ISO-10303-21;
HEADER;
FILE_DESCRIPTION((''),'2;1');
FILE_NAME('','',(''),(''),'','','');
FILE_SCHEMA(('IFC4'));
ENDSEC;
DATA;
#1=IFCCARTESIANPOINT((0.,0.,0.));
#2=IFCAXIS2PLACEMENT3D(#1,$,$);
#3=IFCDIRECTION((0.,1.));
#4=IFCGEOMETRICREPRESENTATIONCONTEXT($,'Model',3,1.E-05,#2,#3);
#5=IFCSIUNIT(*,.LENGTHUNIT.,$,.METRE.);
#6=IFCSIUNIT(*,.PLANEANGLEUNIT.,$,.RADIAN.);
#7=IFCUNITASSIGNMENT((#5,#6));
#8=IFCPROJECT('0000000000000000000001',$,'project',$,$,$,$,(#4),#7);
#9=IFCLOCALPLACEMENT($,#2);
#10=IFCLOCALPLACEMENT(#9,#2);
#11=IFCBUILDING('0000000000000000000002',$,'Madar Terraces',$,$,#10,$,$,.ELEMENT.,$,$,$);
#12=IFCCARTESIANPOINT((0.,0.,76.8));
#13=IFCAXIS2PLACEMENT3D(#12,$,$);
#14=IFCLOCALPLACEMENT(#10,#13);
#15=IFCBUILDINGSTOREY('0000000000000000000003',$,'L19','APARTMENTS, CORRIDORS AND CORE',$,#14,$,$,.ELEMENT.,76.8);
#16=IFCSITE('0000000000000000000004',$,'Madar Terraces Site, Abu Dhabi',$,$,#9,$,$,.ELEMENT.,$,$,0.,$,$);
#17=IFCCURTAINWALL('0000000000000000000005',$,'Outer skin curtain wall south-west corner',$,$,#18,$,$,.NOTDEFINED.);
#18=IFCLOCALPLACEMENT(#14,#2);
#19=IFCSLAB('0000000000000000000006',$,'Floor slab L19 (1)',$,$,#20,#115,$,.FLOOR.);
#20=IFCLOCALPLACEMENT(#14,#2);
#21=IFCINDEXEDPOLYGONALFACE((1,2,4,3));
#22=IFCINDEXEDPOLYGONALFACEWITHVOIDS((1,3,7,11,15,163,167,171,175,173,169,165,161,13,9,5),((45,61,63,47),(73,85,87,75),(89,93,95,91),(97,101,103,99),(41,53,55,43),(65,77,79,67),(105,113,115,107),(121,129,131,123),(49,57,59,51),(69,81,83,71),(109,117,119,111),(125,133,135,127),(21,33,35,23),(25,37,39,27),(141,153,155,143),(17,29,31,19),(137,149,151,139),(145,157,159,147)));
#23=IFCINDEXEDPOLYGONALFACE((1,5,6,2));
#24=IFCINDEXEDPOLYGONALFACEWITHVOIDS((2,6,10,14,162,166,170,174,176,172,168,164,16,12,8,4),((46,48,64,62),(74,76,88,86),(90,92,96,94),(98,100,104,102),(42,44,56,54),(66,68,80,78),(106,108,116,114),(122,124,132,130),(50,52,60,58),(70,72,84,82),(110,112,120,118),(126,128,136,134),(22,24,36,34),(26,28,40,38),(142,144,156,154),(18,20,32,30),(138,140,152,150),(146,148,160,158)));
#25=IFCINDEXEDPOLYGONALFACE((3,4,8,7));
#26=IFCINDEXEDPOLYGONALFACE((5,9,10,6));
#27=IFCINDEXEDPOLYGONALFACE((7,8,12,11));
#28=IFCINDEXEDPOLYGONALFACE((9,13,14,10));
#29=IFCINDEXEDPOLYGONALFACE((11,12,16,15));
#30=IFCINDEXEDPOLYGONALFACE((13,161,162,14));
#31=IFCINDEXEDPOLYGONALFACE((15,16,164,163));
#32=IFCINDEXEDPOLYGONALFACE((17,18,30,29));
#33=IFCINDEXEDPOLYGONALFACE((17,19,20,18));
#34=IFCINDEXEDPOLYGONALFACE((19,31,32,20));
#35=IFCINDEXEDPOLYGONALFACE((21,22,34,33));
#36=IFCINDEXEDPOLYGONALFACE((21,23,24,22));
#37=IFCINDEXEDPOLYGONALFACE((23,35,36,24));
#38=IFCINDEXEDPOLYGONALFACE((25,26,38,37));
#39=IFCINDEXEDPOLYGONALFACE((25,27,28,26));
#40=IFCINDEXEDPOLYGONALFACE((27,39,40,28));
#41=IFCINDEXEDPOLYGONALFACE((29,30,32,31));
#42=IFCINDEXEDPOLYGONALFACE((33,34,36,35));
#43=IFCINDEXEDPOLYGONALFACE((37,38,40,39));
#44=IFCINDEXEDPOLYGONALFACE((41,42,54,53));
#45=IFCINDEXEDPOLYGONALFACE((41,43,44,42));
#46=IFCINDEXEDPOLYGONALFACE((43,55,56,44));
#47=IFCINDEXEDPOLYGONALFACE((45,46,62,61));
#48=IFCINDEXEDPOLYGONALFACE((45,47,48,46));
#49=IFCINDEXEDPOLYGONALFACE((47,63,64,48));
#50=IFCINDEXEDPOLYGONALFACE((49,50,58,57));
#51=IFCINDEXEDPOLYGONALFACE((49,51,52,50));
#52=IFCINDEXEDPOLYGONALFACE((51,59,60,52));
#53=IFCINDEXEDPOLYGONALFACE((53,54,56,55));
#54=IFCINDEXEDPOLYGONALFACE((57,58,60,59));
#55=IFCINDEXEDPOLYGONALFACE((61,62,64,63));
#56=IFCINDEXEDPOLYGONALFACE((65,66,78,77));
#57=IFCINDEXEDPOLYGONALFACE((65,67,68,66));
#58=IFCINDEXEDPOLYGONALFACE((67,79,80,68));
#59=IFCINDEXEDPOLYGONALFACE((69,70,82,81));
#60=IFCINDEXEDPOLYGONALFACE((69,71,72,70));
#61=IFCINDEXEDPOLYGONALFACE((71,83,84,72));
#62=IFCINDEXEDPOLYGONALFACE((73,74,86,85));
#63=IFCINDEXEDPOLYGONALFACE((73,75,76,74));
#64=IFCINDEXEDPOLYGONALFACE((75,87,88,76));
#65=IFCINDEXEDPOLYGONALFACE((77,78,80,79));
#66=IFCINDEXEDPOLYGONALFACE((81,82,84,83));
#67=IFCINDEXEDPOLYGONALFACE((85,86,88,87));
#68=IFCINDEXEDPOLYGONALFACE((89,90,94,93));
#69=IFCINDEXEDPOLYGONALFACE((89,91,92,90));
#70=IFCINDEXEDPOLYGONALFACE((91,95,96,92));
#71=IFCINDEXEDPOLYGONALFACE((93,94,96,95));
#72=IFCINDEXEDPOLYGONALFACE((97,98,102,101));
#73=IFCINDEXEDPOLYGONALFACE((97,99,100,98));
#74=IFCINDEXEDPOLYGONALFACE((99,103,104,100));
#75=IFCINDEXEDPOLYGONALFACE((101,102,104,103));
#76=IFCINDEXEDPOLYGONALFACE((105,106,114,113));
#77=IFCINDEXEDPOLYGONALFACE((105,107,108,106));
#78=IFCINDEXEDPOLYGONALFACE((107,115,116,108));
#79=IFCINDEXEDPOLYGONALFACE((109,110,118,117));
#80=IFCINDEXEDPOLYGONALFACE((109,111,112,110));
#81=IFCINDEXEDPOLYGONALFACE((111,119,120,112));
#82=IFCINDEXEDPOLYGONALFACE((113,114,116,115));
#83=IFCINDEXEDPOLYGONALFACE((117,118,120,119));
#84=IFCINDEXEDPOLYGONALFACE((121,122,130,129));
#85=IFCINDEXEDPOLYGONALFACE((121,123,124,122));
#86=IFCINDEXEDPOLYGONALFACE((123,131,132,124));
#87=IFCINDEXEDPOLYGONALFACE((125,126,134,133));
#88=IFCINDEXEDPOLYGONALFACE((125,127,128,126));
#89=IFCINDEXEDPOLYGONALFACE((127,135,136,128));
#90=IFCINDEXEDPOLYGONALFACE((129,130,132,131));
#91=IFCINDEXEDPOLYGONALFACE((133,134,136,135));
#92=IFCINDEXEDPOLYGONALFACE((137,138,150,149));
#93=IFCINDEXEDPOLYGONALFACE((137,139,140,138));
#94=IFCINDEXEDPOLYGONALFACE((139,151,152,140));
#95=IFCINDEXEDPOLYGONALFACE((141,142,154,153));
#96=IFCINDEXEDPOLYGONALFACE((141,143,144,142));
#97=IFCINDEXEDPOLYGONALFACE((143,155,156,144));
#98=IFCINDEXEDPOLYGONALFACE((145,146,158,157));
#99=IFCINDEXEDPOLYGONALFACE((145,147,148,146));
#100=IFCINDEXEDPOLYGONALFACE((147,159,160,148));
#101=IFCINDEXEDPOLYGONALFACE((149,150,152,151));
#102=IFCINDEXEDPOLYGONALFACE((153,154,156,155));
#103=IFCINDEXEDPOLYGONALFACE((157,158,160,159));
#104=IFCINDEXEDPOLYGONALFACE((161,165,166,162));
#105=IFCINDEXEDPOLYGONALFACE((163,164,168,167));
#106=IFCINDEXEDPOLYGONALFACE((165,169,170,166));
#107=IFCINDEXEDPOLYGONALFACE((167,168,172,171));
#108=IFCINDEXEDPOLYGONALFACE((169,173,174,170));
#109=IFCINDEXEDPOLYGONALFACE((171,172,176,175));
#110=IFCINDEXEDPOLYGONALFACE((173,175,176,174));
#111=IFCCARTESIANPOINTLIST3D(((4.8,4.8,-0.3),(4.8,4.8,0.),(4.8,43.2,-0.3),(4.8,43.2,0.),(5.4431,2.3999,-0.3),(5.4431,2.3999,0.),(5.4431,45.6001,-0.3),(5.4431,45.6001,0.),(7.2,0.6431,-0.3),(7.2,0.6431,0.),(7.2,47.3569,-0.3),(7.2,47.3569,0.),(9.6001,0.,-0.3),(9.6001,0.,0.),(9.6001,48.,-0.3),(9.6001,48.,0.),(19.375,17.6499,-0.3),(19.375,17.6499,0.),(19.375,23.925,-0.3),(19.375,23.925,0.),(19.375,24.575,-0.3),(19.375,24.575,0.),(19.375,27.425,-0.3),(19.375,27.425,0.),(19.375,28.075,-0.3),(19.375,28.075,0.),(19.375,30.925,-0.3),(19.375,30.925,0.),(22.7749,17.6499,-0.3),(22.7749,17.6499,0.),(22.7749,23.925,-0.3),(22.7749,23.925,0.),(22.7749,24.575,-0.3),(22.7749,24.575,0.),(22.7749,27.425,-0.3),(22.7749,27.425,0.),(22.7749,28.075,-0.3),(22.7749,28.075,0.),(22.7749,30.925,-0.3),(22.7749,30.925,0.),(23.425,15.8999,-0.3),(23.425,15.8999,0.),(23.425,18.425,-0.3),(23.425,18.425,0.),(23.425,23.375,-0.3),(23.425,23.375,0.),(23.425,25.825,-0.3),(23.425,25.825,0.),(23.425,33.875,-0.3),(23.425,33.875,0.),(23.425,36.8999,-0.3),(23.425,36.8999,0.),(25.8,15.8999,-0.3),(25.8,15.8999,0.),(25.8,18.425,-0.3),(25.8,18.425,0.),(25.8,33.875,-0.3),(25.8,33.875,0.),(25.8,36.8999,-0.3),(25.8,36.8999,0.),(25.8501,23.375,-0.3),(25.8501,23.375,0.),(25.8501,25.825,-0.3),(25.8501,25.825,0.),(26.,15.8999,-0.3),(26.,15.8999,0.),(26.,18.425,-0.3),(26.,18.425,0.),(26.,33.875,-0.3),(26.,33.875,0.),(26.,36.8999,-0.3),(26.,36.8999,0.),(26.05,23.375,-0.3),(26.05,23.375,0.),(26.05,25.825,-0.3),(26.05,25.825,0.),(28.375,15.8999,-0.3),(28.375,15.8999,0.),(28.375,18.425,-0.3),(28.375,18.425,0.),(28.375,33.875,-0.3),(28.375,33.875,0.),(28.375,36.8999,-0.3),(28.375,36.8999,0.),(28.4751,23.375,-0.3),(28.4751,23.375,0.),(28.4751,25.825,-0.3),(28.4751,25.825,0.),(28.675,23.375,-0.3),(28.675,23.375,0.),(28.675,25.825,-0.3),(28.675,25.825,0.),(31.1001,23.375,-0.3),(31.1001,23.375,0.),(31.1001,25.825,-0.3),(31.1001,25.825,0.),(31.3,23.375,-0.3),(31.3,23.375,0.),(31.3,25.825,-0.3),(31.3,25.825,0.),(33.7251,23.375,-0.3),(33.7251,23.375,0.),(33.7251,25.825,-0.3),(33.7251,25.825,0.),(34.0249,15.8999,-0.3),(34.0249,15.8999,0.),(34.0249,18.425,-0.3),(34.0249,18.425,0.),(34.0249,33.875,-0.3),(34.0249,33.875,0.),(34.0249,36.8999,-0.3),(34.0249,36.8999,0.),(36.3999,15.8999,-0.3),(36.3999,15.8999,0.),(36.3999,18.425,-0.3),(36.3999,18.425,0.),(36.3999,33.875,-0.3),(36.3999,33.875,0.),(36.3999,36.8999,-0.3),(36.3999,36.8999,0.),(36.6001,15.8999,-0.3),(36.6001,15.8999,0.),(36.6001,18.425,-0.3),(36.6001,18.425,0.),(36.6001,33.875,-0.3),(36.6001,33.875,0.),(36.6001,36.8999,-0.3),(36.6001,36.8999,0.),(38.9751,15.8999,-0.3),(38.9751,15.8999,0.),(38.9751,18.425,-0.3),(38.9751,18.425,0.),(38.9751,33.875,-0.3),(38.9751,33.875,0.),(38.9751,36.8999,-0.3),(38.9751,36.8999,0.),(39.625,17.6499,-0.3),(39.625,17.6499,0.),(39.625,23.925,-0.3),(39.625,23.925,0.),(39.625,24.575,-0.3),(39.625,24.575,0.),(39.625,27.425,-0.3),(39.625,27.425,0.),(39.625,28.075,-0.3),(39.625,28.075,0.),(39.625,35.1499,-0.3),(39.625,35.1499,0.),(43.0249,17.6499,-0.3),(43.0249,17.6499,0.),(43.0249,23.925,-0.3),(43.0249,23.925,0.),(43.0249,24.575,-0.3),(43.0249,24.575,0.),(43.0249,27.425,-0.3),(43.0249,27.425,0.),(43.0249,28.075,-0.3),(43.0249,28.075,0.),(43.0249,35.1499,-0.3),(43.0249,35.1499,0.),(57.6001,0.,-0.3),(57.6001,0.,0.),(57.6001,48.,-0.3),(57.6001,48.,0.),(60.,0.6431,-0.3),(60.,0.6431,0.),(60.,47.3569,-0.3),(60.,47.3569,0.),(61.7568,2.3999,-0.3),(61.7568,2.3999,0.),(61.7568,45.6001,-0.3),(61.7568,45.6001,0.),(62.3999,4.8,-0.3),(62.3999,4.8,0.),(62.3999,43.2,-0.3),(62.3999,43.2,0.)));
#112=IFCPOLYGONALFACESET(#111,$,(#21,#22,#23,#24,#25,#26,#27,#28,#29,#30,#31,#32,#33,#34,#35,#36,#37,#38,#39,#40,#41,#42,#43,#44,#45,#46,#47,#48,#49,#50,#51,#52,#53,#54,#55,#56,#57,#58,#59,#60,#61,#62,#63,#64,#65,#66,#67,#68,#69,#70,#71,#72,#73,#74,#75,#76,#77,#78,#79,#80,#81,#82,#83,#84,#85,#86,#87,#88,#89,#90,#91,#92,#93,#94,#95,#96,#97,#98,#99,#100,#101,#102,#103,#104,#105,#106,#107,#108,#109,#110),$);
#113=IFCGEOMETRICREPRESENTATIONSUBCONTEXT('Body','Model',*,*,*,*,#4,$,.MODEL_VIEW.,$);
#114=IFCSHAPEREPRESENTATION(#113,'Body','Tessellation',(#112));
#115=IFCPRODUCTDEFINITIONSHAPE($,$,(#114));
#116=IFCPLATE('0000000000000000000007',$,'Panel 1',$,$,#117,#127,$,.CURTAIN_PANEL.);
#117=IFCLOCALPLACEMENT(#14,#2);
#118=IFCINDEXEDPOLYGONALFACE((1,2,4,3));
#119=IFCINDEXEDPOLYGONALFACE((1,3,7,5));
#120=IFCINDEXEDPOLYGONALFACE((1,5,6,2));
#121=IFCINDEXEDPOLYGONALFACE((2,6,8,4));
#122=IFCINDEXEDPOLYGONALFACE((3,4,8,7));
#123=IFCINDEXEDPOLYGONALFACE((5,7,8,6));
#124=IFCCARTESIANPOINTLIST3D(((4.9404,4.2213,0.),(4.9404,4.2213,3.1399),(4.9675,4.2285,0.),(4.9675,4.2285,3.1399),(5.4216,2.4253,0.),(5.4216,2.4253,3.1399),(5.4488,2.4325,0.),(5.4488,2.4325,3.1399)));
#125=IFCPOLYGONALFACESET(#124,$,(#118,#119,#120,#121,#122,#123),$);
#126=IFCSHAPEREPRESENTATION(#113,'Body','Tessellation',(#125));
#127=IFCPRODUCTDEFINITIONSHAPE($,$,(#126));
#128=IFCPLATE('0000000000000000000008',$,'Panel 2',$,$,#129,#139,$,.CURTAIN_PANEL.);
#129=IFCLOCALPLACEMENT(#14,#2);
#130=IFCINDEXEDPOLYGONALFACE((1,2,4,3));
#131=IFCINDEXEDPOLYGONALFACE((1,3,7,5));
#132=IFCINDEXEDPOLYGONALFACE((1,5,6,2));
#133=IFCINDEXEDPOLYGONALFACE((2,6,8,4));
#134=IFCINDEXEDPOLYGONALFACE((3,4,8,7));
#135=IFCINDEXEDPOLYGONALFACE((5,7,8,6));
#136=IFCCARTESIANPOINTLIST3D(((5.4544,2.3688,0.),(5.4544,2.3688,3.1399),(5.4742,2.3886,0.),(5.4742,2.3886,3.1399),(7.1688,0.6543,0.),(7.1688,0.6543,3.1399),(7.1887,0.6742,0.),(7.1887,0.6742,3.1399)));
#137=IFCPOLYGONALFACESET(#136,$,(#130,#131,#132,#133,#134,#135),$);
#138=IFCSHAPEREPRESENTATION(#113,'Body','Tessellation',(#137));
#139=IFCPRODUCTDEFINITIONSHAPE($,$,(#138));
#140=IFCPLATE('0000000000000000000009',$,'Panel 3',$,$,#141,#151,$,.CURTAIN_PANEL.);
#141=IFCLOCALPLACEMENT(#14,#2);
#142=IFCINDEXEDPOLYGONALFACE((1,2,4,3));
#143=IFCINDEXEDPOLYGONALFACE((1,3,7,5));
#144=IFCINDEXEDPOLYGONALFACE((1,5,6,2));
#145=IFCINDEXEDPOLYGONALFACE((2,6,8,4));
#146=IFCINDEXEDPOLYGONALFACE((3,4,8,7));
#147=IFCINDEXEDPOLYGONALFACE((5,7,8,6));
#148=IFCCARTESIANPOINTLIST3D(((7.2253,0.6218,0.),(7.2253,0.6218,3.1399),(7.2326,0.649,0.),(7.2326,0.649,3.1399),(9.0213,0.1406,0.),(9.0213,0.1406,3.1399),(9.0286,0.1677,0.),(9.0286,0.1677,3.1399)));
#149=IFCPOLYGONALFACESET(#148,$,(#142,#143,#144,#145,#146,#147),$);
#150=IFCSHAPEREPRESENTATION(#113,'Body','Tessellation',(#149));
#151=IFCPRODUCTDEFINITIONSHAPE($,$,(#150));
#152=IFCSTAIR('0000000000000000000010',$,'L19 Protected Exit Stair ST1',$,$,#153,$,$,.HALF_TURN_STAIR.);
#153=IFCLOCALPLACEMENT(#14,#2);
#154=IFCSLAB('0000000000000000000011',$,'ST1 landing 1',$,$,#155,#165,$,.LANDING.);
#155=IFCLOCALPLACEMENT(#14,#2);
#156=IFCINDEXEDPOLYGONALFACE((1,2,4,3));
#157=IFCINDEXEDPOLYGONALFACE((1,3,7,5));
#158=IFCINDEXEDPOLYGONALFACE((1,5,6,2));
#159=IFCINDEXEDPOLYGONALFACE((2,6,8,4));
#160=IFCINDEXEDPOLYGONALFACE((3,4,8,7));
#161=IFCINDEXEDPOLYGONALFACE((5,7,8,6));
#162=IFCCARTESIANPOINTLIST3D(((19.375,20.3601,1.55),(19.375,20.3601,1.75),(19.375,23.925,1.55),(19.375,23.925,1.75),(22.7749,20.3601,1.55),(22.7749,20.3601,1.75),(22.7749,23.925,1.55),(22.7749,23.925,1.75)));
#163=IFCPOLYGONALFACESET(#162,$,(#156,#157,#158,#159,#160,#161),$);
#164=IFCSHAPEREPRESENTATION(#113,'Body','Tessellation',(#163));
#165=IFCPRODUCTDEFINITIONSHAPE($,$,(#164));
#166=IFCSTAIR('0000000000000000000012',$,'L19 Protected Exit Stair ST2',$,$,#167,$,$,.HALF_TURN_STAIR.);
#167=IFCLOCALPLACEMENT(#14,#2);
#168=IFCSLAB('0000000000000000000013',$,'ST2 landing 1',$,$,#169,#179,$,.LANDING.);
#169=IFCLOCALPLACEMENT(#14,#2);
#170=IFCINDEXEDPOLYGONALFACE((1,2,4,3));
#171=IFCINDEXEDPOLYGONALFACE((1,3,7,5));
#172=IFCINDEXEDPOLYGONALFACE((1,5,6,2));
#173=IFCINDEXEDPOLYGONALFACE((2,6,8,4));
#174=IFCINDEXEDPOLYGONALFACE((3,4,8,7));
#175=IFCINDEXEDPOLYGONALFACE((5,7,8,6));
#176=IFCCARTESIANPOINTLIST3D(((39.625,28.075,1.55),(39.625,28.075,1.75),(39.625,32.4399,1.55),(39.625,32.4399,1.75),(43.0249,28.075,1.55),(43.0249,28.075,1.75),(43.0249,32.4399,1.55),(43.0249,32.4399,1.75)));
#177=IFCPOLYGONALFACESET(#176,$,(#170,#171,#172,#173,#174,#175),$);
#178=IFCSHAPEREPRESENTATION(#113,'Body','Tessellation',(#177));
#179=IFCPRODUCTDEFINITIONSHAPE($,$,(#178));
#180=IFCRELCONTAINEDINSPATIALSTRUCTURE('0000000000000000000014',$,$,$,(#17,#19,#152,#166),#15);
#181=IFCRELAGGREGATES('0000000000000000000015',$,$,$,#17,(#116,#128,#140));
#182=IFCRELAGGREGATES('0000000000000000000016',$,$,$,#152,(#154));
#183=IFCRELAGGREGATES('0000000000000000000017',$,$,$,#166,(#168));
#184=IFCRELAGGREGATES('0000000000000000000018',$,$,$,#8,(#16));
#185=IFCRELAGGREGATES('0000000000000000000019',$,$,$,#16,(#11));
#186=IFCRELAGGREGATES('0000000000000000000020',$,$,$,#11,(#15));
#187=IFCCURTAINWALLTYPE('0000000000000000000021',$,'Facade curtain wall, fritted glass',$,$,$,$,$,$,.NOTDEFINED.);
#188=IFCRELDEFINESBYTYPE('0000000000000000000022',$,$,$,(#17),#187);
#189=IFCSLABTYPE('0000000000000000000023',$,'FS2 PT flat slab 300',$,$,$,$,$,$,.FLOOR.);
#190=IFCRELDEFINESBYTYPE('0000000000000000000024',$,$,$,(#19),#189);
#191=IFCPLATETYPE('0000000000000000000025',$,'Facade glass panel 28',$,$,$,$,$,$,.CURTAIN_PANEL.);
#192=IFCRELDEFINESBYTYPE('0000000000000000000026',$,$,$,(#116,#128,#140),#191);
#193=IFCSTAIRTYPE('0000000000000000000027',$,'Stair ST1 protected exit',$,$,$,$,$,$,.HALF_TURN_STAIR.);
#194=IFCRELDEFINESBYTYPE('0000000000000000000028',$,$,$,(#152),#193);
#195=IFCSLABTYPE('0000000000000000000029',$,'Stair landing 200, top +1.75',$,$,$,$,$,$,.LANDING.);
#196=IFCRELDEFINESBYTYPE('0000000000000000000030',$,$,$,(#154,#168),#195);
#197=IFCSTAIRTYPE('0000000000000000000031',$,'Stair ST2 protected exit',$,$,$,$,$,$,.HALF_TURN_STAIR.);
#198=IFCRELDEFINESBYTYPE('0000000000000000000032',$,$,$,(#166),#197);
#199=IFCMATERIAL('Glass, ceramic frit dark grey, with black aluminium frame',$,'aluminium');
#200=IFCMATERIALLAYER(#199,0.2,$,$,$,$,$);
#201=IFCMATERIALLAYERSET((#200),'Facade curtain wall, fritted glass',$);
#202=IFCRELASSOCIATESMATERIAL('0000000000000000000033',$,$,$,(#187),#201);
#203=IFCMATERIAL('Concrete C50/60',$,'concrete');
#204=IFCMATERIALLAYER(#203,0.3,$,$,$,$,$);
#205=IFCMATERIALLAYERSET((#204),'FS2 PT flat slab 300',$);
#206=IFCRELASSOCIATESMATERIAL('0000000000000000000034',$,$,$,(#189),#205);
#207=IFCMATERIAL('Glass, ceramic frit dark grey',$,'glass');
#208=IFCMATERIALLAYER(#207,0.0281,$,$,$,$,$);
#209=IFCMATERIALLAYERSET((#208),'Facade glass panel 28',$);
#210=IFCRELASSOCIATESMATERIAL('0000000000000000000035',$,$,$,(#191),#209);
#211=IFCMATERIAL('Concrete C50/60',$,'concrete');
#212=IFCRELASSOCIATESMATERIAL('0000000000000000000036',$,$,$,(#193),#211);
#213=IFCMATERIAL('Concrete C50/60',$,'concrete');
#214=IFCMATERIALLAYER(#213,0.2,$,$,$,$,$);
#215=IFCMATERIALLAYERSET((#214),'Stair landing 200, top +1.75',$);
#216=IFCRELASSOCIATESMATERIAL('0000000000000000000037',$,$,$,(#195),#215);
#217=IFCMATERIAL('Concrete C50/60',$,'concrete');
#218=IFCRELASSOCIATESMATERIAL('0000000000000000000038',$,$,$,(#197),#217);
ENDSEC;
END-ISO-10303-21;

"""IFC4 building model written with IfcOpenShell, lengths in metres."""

from ifc_helpers import new_model, si_unit, direction, frame, origin, origin_2d, place, context, subcontext, project, spatial, polyline, rectangle, outline, extrude, material, layer, layer_set, type_object, element, aggregate, save


model = new_model("IFC4")

# Units and contexts
model_context = context("Model", 3, precision=1e-05, world=origin(), true_north=direction((0.0, 1.0)))
body_context = subcontext(model_context, "Body", "Model", "MODEL_VIEW")
ifc_project = project(units=[si_unit("LENGTHUNIT", "METRE"), si_unit("PLANEANGLEUNIT", "RADIAN")], contexts=[model_context])

# Site, building, storey
site_placement = place(None, origin())
site = spatial("IfcSite", under=ifc_project, at=site_placement, Name="Madar Terraces Site, Abu Dhabi", CompositionType="ELEMENT", RefElevation=0.0)
building_placement = place(site_placement, origin())
building = spatial("IfcBuilding", under=site, at=building_placement, Name="Madar Terraces", CompositionType="ELEMENT")
storey_placement = place(building_placement, frame((0.0, 0.0, 76.8)))
storey = spatial("IfcBuildingStorey", under=building, at=storey_placement, Name="L19", Description="APARTMENTS, CORRIDORS AND CORE", CompositionType="ELEMENT", Elevation=76.8)

# Curtain wall
ifc_material_1 = material(Name="Glass, ceramic frit dark grey, with black aluminium frame", Category="aluminium")
ifc_layer_1 = layer(ifc_material_1, 0.2)
ifc_layer_set_1 = layer_set([ifc_layer_1], Name="Facade curtain wall, fritted glass")
curtain_wall_type = type_object("IfcCurtainWallType", Name="Facade curtain wall, fritted glass", PredefinedType="NOTDEFINED", material=ifc_layer_set_1)
curtain_wall_1_placement = place(storey_placement, origin())
curtain_wall_1 = element("IfcCurtainWall", 1, at=curtain_wall_1_placement, inside=storey, type_object=curtain_wall_type, Name="Outer skin curtain wall south-west corner", PredefinedType="NOTDEFINED")

# Slab
ifc_material_2 = material(Name="Concrete C50/60", Category="concrete")
ifc_layer_2 = layer(ifc_material_2, 0.3)
ifc_layer_set_2 = layer_set([ifc_layer_2], Name="FS2 PT flat slab 300")
slab_type_1 = type_object("IfcSlabType", Name="FS2 PT flat slab 300", PredefinedType="FLOOR", material=ifc_layer_set_2)
slab_1_placement = place(storey_placement, frame((0.0, 0.0, -0.3)))
element("IfcSlab", 2, at=slab_1_placement, inside=storey, type_object=slab_type_1, Name="Floor slab L19 (1)", PredefinedType="FLOOR", context=body_context, shape_type="SweptSolid", body=[
    extrude(outline(polyline([(57.6001, 0.0), (60.0, 0.6431), (61.7568, 2.3999), (62.3999, 4.8), (62.3999, 43.2), (61.7568, 45.6001), (60.0, 47.3569), (57.6001, 48.0), (9.6001, 48.0), (7.2, 47.3569), (5.4431, 45.6001), (4.8, 43.2), (4.8, 4.8), (5.4431, 2.3999), (7.2, 0.6431), (9.6001, 0.0), (57.6001, 0.0)]), holes=[polyline([(23.425, 15.8999), (23.425, 18.425), (25.8, 18.425), (25.8, 15.8999), (23.425, 15.8999)]), polyline([(26.0, 15.8999), (26.0, 18.425), (28.375, 18.425), (28.375, 15.8999), (26.0, 15.8999)]), polyline([(19.375, 17.6499), (19.375, 23.925), (22.7749, 23.925), (22.7749, 17.6499), (19.375, 17.6499)]), polyline([(23.425, 23.375), (23.425, 25.825), (25.8501, 25.825), (25.8501, 23.375), (23.425, 23.375)]), polyline([(26.05, 23.375), (26.05, 25.825), (28.4751, 25.825), (28.4751, 23.375), (26.05, 23.375)]), polyline([(19.375, 24.575), (19.375, 27.425), (22.7749, 27.425), (22.7749, 24.575), (19.375, 24.575)]), polyline([(19.375, 28.075), (19.375, 30.925), (22.7749, 30.925), (22.7749, 28.075), (19.375, 28.075)]), polyline([(23.425, 36.8999), (25.8, 36.8999), (25.8, 33.875), (23.425, 33.875), (23.425, 36.8999)]), polyline([(26.0, 36.8999), (28.375, 36.8999), (28.375, 33.875), (26.0, 33.875), (26.0, 36.8999)]), polyline([(34.0249, 15.8999), (34.0249, 18.425), (36.3999, 18.425), (36.3999, 15.8999), (34.0249, 15.8999)]), polyline([(36.6001, 15.8999), (36.6001, 18.425), (38.9751, 18.425), (38.9751, 15.8999), (36.6001, 15.8999)]), polyline([(39.625, 17.6499), (39.625, 23.925), (43.0249, 23.925), (43.0249, 17.6499), (39.625, 17.6499)]), polyline([(28.675, 23.375), (28.675, 25.825), (31.1001, 25.825), (31.1001, 23.375), (28.675, 23.375)]), polyline([(31.3, 23.375), (31.3, 25.825), (33.7251, 25.825), (33.7251, 23.375), (31.3, 23.375)]), polyline([(39.625, 24.575), (39.625, 27.425), (43.0249, 27.425), (43.0249, 24.575), (39.625, 24.575)]), polyline([(39.625, 28.075), (39.625, 35.1499), (43.0249, 35.1499), (43.0249, 28.075), (39.625, 28.075)]), polyline([(34.0249, 36.8999), (36.3999, 36.8999), (36.3999, 33.875), (34.0249, 33.875), (34.0249, 36.8999)]), polyline([(36.6001, 36.8999), (38.9751, 36.8999), (38.9751, 33.875), (36.6001, 33.875), (36.6001, 36.8999)])]), origin(), (0.0, 0.0, 1.0), 0.3),
])

# Plates
ifc_material_3 = material(Name="Glass, ceramic frit dark grey", Category="glass")
ifc_layer_3 = layer(ifc_material_3, 0.0281)
ifc_layer_set_3 = layer_set([ifc_layer_3], Name="Facade glass panel 28")
plate_type = type_object("IfcPlateType", Name="Facade glass panel 28", PredefinedType="CURTAIN_PANEL", material=ifc_layer_set_3)
plate_1_placement = place(storey_placement, frame((5.1946, 3.3269, 0.0), z_axis=(0.0, 0.0, 1.0), x_axis=(0.258819, -0.965926, 0.0)))
plate_1 = element("IfcPlate", 3, at=plate_1_placement, type_object=plate_type, Name="Panel 1", PredefinedType="CURTAIN_PANEL", context=body_context, shape_type="SweptSolid", body=[
    extrude(rectangle(XDim=1.8594, YDim=0.0281, at=origin_2d()), origin(), (0.0, 0.0, 1.0), 3.1399),
])
plate_2_placement = place(storey_placement, frame((6.3215, 1.5215, 0.0), z_axis=(0.0, 0.0, 1.0), x_axis=(0.707107, -0.707107, 0.0)))
plate_2 = element("IfcPlate", 4, at=plate_2_placement, type_object=plate_type, Name="Panel 2", PredefinedType="CURTAIN_PANEL", context=body_context, shape_type="SweptSolid", body=[
    extrude(rectangle(XDim=2.4246, YDim=0.0281, at=origin_2d()), origin(), (0.0, 0.0, 1.0), 3.1399),
])
plate_3_placement = place(storey_placement, frame((8.127, 0.3948, 0.0), z_axis=(0.0, 0.0, 1.0), x_axis=(0.965926, -0.258819, 0.0)))
plate_3 = element("IfcPlate", 5, at=plate_3_placement, type_object=plate_type, Name="Panel 3", PredefinedType="CURTAIN_PANEL", context=body_context, shape_type="SweptSolid", body=[
    extrude(rectangle(XDim=1.8594, YDim=0.0281, at=origin_2d()), origin(), (0.0, 0.0, 1.0), 3.1399),
])
aggregate(curtain_wall_1, [plate_1, plate_2, plate_3])

# Stairs, slabs
ifc_material_4 = material(Name="Concrete C50/60", Category="concrete")
stair_type_1 = type_object("IfcStairType", Name="Stair ST1 protected exit", PredefinedType="HALF_TURN_STAIR", material=ifc_material_4)
stair_1_placement = place(storey_placement, origin())
stair_1 = element("IfcStair", 6, at=stair_1_placement, inside=storey, type_object=stair_type_1, Name="L19 Protected Exit Stair ST1", PredefinedType="HALF_TURN_STAIR")
ifc_material_5 = material(Name="Concrete C50/60", Category="concrete")
ifc_layer_4 = layer(ifc_material_5, 0.2)
ifc_layer_set_4 = layer_set([ifc_layer_4], Name="Stair landing 200, top +1.75")
slab_type_2 = type_object("IfcSlabType", Name="Stair landing 200, top +1.75", PredefinedType="LANDING", material=ifc_layer_set_4)
slab_2_placement = place(storey_placement, frame((0.0, 0.0, 1.55)))
slab_2 = element("IfcSlab", 7, at=slab_2_placement, type_object=slab_type_2, Name="ST1 landing 1", PredefinedType="LANDING", context=body_context, shape_type="SweptSolid", body=[
    extrude(outline(polyline([(19.375, 20.3601), (22.7749, 20.3601), (22.7749, 23.925), (19.375, 23.925), (19.375, 20.3601)])), origin(), (0.0, 0.0, 1.0), 0.2),
])
aggregate(stair_1, [slab_2])
ifc_material_6 = material(Name="Concrete C50/60", Category="concrete")
stair_type_2 = type_object("IfcStairType", Name="Stair ST2 protected exit", PredefinedType="HALF_TURN_STAIR", material=ifc_material_6)
stair_2_placement = place(storey_placement, origin())
stair_2 = element("IfcStair", 8, at=stair_2_placement, inside=storey, type_object=stair_type_2, Name="L19 Protected Exit Stair ST2", PredefinedType="HALF_TURN_STAIR")
slab_3_placement = place(storey_placement, frame((0.0, 0.0, 1.55)))
slab_3 = element("IfcSlab", 9, at=slab_3_placement, type_object=slab_type_2, Name="ST2 landing 1", PredefinedType="LANDING", context=body_context, shape_type="SweptSolid", body=[
    extrude(outline(polyline([(39.625, 28.075), (43.0249, 28.075), (43.0249, 32.4399), (39.625, 32.4399), (39.625, 28.075)])), origin(), (0.0, 0.0, 1.0), 0.2),
])
aggregate(stair_2, [slab_3])

save(model, "model.ifc")
